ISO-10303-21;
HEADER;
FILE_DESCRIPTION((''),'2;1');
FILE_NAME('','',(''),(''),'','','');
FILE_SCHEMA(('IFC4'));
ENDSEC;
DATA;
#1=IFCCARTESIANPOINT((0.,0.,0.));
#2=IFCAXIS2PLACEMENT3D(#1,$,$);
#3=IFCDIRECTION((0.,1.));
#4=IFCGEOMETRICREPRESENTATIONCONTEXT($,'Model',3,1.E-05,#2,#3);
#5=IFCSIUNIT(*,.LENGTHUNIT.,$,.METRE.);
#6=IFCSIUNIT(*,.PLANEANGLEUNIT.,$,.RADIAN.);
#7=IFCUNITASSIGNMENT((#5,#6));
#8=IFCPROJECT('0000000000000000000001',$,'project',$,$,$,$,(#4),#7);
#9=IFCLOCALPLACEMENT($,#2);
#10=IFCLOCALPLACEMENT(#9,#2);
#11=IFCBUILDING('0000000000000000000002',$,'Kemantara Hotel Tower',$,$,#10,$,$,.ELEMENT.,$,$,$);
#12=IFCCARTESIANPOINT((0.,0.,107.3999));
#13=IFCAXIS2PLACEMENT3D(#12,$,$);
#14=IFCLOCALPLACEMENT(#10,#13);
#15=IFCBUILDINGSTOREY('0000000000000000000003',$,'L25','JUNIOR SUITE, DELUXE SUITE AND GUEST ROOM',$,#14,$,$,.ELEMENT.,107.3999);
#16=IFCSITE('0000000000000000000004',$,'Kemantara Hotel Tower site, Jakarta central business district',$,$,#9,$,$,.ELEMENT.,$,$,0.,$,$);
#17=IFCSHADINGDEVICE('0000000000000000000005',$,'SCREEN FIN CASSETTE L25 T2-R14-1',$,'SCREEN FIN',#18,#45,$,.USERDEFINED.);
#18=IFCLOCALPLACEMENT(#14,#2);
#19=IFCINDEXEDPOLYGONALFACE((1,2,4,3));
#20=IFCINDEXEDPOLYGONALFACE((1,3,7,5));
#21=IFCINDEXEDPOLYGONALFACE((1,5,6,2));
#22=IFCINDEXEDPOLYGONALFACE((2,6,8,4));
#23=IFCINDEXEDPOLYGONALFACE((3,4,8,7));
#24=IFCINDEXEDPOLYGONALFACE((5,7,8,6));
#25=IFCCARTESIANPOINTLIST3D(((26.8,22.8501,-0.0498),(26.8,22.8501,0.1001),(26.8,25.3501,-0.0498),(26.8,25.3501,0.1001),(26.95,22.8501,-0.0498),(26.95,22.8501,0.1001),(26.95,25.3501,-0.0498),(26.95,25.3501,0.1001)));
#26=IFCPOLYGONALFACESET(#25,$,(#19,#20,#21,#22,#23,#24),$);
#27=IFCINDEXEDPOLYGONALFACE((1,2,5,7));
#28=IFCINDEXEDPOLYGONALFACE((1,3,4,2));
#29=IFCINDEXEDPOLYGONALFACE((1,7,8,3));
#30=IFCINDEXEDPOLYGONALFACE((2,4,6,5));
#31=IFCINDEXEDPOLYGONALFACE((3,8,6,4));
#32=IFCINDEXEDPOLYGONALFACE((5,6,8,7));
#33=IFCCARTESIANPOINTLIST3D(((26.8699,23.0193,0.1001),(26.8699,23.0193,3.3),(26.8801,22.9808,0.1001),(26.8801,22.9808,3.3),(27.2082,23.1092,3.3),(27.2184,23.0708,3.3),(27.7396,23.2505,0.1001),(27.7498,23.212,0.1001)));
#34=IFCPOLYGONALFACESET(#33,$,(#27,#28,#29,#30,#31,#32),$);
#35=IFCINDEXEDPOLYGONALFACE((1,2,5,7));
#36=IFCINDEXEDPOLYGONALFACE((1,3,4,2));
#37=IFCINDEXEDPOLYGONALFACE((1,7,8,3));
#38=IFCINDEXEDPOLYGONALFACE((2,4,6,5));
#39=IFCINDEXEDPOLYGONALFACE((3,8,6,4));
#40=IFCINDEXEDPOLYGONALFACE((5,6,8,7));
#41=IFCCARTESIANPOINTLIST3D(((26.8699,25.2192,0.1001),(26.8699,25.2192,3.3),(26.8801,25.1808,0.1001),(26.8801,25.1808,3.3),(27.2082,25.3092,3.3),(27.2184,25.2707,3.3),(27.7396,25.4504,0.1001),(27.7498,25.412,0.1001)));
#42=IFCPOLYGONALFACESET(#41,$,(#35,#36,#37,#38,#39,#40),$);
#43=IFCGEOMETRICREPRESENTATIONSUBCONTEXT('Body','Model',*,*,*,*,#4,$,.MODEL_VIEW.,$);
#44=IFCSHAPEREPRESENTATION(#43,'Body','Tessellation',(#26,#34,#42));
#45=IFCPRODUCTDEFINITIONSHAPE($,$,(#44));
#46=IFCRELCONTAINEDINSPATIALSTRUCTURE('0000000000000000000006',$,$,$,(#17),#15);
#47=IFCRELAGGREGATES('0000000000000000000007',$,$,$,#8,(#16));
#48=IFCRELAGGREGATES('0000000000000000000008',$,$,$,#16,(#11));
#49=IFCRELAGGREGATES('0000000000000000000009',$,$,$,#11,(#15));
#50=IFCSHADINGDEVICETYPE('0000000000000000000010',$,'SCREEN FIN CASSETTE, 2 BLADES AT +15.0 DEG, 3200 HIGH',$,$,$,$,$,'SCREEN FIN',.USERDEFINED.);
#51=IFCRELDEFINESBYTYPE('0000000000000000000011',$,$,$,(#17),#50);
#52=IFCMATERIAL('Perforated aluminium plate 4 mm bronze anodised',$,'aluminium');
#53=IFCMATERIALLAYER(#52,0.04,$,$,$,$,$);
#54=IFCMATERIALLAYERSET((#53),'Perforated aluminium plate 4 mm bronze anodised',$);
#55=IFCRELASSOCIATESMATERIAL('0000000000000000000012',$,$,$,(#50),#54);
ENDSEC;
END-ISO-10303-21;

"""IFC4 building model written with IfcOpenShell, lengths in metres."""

from ifc_helpers import new_model, si_unit, direction, frame, origin, origin_2d, place, context, subcontext, project, spatial, polyline, rectangle, outline, extrude, source, transform, mapped, material, layer, layer_set, type_object, element, save


model = new_model("IFC4")

# Units and contexts
model_context = context("Model", 3, precision=1e-05, world=origin(), true_north=direction((0.0, 1.0)))
body_context = subcontext(model_context, "Body", "Model", "MODEL_VIEW")
ifc_project = project(units=[si_unit("LENGTHUNIT", "METRE"), si_unit("PLANEANGLEUNIT", "RADIAN")], contexts=[model_context])

# Site, building, storey
site_placement = place(None, origin())
site = spatial("IfcSite", under=ifc_project, at=site_placement, Name="Kemantara Hotel Tower site, Jakarta central business district", CompositionType="ELEMENT", RefElevation=0.0)
building_placement = place(site_placement, origin())
building = spatial("IfcBuilding", under=site, at=building_placement, Name="Kemantara Hotel Tower", CompositionType="ELEMENT")
storey_placement = place(building_placement, frame((0.0, 0.0, 107.3999)))
storey = spatial("IfcBuildingStorey", under=building, at=storey_placement, Name="L25", Description="JUNIOR SUITE, DELUXE SUITE AND GUEST ROOM", CompositionType="ELEMENT", Elevation=107.3999)

# Shading device
ifc_material_1 = material(Name="Perforated aluminium plate 4 mm bronze anodised", Category="aluminium")
ifc_layer_1 = layer(ifc_material_1, 0.04)
ifc_layer_set_1 = layer_set([ifc_layer_1], Name="Perforated aluminium plate 4 mm bronze anodised")
shading_device_type_1 = type_object("IfcShadingDeviceType", Name="SCREEN FIN CASSETTE, 2 BLADES AT +15.0 DEG, 3200 HIGH", ElementType="SCREEN FIN", PredefinedType="USERDEFINED", material=ifc_layer_set_1)
shared_shape_1 = source(origin(), body_context, "Body", "SweptSolid", [
    extrude(rectangle(XDim=2.5, YDim=0.1499, at=origin_2d()), frame((1.1001, -0.075, -0.1499), z_axis=(0.0, 0.0, 1.0), x_axis=(1.0, 0.0, 0.0)), (0.0, 0.0, 1.0), 0.1499),
    extrude(outline(polyline([(0.0, 0.0), (0.8999, 0.0), (0.3501, 3.2), (0.0, 3.2), (0.0, 0.0)])), frame((0.0193, -0.0698, 0.0), z_axis=(-0.966438, -0.256901, 0.0), x_axis=(0.256901, -0.966438, 0.0)), (0.0, 0.0, 1.0), 0.0398),
    extrude(outline(polyline([(0.0, 0.0), (0.8999, 0.0), (0.3501, 3.2), (0.0, 3.2), (0.0, 0.0)])), frame((2.2192, -0.0698, 0.0), z_axis=(-0.966438, -0.256901, 0.0), x_axis=(0.256901, -0.966438, 0.0)), (0.0, 0.0, 1.0), 0.0398),
])
shading_device_1_placement = place(storey_placement, frame((26.8, 23.0, 0.1001), z_axis=(0.0, 0.0, 1.0), x_axis=(0.0, 1.0, 0.0)))
element("IfcShadingDevice", 1, at=shading_device_1_placement, inside=storey, type_object=shading_device_type_1, Name="SCREEN FIN CASSETTE L25 T2-R14-1", ObjectType="SCREEN FIN", PredefinedType="USERDEFINED", context=body_context, shape_type="MappedRepresentation", body=[
    mapped(shared_shape_1, transform((0.0, 0.0, 0.0))),
])

save(model, "model.ifc")
